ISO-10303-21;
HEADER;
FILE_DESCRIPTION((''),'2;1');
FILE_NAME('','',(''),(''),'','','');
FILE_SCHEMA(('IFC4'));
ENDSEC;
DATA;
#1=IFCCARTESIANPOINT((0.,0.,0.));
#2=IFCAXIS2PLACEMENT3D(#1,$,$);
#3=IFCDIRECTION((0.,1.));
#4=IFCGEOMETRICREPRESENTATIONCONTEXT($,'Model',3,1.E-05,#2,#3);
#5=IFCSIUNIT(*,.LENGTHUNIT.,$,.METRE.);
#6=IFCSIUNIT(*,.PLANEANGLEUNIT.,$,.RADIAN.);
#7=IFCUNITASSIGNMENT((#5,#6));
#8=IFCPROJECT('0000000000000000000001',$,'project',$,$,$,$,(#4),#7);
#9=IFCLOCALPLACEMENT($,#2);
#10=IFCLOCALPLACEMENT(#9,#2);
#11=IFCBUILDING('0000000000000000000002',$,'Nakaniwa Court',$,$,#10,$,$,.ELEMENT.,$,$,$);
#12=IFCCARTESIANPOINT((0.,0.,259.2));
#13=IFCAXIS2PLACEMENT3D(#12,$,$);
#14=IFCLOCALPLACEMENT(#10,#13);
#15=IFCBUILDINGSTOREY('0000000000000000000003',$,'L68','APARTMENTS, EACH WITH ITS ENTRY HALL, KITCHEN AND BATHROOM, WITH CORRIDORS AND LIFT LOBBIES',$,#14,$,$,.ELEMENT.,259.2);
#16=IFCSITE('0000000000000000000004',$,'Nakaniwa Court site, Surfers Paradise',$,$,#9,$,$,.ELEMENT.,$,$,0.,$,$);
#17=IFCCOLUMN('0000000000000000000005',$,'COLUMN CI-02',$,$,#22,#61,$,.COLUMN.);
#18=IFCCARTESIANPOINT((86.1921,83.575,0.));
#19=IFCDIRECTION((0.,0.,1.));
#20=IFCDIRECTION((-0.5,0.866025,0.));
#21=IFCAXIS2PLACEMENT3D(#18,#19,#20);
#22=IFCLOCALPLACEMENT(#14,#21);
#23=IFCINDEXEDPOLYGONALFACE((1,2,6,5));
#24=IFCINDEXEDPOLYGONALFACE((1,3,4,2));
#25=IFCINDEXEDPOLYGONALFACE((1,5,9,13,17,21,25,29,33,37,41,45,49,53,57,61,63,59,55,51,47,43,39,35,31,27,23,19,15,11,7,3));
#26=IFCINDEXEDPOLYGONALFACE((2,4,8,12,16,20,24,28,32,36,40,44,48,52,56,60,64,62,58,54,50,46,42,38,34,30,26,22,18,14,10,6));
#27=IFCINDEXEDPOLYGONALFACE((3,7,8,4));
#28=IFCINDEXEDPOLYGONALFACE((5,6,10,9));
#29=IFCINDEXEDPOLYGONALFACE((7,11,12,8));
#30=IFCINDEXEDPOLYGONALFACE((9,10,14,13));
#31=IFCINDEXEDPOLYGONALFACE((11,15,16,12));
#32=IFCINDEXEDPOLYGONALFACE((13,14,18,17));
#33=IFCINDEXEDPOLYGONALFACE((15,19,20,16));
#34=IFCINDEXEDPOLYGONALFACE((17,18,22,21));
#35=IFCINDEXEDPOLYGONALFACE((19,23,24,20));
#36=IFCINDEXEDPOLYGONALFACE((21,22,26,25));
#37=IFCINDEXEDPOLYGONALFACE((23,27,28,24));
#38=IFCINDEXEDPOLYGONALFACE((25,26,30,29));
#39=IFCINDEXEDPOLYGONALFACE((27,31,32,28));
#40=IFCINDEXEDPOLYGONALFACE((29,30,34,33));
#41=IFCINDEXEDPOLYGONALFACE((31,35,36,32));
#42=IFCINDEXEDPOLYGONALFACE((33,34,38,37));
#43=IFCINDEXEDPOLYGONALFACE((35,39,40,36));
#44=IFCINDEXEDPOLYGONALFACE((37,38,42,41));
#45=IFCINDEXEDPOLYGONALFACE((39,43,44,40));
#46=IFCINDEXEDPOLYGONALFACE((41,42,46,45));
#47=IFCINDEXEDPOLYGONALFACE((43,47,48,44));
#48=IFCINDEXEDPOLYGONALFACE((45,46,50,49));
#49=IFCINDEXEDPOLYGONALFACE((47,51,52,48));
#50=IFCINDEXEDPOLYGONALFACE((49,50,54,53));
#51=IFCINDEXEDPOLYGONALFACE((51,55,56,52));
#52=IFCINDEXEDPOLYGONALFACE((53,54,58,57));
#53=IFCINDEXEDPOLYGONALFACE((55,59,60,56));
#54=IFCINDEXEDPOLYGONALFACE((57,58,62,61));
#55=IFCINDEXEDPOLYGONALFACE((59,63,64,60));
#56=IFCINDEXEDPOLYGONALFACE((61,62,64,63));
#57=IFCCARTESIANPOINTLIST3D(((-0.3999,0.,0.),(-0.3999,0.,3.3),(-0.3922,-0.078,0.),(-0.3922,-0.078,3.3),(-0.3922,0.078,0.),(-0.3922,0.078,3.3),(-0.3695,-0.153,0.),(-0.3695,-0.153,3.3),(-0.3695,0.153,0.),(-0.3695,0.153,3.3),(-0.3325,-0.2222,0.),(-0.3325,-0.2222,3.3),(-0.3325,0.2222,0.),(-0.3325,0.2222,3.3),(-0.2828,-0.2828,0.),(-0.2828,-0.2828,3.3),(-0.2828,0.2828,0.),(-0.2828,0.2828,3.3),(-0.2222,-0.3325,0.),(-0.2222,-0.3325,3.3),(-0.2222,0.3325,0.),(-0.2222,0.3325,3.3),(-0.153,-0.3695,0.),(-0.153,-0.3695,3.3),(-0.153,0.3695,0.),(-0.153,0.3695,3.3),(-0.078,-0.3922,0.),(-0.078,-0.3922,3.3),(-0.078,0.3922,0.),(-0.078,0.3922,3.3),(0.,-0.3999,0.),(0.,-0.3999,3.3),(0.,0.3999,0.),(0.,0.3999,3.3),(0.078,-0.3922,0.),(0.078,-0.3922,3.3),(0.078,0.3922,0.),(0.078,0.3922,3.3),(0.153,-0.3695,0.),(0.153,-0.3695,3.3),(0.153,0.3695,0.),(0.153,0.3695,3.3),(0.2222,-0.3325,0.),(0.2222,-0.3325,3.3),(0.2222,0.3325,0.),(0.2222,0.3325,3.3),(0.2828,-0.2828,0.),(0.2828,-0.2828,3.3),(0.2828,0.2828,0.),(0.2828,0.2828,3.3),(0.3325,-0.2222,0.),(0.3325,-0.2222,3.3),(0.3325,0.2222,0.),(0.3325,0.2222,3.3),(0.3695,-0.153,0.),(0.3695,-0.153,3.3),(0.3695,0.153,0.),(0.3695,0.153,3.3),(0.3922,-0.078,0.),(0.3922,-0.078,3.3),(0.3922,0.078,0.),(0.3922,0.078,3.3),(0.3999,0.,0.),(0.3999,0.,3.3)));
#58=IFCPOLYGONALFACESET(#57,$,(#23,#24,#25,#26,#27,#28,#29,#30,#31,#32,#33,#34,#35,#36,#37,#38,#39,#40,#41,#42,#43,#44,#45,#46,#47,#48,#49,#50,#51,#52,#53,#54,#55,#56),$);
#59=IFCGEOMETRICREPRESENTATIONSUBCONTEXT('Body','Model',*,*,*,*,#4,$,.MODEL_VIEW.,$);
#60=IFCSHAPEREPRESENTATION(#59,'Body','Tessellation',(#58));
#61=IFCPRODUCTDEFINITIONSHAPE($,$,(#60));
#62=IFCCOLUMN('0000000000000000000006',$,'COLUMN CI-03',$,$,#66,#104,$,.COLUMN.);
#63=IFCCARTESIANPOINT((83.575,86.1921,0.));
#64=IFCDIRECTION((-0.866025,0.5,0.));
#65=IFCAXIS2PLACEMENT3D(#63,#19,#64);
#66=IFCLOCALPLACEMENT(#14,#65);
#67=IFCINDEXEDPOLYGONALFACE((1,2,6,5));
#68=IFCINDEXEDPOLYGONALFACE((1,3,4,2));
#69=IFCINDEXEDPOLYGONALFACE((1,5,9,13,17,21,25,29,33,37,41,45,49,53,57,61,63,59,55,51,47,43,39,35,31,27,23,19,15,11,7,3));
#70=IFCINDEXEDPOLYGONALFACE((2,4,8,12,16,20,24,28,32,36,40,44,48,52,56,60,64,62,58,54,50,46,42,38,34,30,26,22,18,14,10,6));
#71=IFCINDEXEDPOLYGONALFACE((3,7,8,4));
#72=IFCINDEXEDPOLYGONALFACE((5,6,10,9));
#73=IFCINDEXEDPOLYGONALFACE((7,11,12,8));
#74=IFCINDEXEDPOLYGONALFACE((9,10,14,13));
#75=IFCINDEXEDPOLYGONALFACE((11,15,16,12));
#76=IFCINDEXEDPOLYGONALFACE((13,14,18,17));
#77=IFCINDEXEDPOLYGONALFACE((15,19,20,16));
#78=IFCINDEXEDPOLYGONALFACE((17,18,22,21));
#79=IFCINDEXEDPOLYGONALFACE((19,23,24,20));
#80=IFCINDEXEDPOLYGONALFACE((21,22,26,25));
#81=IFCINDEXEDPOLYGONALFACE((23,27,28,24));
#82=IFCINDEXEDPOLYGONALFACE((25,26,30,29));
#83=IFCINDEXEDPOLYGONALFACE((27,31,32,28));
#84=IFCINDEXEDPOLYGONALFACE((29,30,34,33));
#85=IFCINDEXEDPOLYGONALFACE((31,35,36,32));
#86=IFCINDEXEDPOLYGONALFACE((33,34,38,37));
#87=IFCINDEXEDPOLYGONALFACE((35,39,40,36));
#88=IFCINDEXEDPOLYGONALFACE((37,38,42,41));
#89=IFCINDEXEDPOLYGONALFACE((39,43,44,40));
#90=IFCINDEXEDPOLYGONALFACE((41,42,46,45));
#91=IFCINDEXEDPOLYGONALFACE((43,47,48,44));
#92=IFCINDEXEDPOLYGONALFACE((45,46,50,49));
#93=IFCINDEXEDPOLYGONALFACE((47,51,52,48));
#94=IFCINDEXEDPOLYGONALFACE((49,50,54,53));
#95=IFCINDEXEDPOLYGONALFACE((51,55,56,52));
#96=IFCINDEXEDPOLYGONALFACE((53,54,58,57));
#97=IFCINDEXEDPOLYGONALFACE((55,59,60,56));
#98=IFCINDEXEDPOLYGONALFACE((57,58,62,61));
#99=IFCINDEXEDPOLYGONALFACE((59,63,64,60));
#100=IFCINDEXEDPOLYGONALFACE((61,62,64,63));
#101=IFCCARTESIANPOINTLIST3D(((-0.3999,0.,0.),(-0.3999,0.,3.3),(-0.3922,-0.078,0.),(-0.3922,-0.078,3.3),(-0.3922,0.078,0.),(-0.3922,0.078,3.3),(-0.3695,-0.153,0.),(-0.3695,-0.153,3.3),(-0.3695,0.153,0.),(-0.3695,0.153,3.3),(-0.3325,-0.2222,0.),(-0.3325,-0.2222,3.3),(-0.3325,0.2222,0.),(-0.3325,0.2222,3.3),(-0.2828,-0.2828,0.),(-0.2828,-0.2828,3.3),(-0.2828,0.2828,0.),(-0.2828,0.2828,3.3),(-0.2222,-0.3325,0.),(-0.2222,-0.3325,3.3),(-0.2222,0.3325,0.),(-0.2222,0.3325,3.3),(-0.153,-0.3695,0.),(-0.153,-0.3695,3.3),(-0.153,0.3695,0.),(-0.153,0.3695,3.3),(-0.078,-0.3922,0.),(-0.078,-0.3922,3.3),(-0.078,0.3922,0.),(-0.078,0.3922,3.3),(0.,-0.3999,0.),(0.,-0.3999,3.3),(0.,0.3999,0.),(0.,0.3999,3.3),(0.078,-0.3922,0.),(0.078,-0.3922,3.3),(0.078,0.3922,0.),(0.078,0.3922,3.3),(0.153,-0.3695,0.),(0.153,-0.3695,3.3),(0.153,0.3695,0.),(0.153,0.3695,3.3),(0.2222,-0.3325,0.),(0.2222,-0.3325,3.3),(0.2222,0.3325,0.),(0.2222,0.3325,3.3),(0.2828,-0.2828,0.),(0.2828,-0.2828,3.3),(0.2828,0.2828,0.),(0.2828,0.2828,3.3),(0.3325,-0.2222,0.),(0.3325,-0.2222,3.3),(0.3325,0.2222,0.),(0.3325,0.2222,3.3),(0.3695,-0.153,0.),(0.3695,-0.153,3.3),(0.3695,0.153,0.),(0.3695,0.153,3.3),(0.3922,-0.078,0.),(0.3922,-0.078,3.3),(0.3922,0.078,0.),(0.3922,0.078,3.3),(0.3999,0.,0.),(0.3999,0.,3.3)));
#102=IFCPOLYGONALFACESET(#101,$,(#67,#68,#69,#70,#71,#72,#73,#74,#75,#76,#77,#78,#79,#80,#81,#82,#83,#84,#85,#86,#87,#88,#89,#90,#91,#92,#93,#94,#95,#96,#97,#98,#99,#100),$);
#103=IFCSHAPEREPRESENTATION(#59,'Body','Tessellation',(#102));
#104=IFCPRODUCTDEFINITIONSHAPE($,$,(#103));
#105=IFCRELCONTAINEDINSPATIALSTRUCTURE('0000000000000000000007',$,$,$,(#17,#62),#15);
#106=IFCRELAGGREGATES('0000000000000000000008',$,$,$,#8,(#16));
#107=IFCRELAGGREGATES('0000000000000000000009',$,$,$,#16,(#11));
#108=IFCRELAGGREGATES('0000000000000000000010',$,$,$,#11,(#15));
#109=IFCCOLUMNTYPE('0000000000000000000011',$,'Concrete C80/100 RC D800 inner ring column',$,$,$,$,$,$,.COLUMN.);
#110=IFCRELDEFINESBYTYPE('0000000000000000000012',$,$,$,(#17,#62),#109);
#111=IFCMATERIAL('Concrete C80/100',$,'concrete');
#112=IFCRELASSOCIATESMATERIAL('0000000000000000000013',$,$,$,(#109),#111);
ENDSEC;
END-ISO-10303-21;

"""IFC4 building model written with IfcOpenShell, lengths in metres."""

from ifc_helpers import new_model, si_unit, direction, frame, origin, origin_2d, place, context, subcontext, project, spatial, circle, extrude, material, material_profile, profile_set, type_object, element, save


model = new_model("IFC4")

# Units and contexts
model_context = context("Model", 3, precision=1e-05, world=origin(), true_north=direction((0.0, 1.0)))
body_context = subcontext(model_context, "Body", "Model", "MODEL_VIEW")
ifc_project = project(units=[si_unit("LENGTHUNIT", "METRE"), si_unit("PLANEANGLEUNIT", "RADIAN")], contexts=[model_context])

# Site, building, storey
site_placement = place(None, origin())
site = spatial("IfcSite", under=ifc_project, at=site_placement, Name="Nakaniwa Court site, Surfers Paradise", CompositionType="ELEMENT", RefElevation=0.0)
building_placement = place(site_placement, origin())
building = spatial("IfcBuilding", under=site, at=building_placement, Name="Nakaniwa Court", CompositionType="ELEMENT")
storey_placement = place(building_placement, frame((0.0, 0.0, 259.2)))
storey = spatial("IfcBuildingStorey", under=building, at=storey_placement, Name="L68", Description="APARTMENTS, EACH WITH ITS ENTRY HALL, KITCHEN AND BATHROOM, WITH CORRIDORS AND LIFT LOBBIES", CompositionType="ELEMENT", Elevation=259.2)

# Columns
ifc_material_1 = material(Name="Concrete C80/100", Category="concrete")
ifc_material_profile_1 = material_profile(ifc_material_1, circle(Radius=0.3999, at=origin_2d()), Name="Concrete C80/100 RC D800 inner ring column")
ifc_profile_set_1 = profile_set([ifc_material_profile_1], Name="Concrete C80/100")
column_type = type_object("IfcColumnType", Name="Concrete C80/100 RC D800 inner ring column", PredefinedType="COLUMN", material=ifc_profile_set_1)
for number, where, z_axis, x_axis, name in (
    (1, (86.1921, 83.575, 0.0), (0.0, 0.0, 1.0), (-0.5, 0.866025, 0.0), "COLUMN CI-02"),
    (2, (83.575, 86.1921, 0.0), (0.0, 0.0, 1.0), (-0.866025, 0.5, 0.0), "COLUMN CI-03"),
):
    element("IfcColumn", number, at=place(storey_placement, frame(where, z_axis=z_axis, x_axis=x_axis)), inside=storey, type_object=column_type, Name=name, PredefinedType="COLUMN", context=body_context, shape_type="SweptSolid", body=[
        extrude(circle(Radius=0.3999, at=origin_2d()), origin(), (0.0, 0.0, 1.0), 3.3),
    ])

save(model, "model.ifc")
